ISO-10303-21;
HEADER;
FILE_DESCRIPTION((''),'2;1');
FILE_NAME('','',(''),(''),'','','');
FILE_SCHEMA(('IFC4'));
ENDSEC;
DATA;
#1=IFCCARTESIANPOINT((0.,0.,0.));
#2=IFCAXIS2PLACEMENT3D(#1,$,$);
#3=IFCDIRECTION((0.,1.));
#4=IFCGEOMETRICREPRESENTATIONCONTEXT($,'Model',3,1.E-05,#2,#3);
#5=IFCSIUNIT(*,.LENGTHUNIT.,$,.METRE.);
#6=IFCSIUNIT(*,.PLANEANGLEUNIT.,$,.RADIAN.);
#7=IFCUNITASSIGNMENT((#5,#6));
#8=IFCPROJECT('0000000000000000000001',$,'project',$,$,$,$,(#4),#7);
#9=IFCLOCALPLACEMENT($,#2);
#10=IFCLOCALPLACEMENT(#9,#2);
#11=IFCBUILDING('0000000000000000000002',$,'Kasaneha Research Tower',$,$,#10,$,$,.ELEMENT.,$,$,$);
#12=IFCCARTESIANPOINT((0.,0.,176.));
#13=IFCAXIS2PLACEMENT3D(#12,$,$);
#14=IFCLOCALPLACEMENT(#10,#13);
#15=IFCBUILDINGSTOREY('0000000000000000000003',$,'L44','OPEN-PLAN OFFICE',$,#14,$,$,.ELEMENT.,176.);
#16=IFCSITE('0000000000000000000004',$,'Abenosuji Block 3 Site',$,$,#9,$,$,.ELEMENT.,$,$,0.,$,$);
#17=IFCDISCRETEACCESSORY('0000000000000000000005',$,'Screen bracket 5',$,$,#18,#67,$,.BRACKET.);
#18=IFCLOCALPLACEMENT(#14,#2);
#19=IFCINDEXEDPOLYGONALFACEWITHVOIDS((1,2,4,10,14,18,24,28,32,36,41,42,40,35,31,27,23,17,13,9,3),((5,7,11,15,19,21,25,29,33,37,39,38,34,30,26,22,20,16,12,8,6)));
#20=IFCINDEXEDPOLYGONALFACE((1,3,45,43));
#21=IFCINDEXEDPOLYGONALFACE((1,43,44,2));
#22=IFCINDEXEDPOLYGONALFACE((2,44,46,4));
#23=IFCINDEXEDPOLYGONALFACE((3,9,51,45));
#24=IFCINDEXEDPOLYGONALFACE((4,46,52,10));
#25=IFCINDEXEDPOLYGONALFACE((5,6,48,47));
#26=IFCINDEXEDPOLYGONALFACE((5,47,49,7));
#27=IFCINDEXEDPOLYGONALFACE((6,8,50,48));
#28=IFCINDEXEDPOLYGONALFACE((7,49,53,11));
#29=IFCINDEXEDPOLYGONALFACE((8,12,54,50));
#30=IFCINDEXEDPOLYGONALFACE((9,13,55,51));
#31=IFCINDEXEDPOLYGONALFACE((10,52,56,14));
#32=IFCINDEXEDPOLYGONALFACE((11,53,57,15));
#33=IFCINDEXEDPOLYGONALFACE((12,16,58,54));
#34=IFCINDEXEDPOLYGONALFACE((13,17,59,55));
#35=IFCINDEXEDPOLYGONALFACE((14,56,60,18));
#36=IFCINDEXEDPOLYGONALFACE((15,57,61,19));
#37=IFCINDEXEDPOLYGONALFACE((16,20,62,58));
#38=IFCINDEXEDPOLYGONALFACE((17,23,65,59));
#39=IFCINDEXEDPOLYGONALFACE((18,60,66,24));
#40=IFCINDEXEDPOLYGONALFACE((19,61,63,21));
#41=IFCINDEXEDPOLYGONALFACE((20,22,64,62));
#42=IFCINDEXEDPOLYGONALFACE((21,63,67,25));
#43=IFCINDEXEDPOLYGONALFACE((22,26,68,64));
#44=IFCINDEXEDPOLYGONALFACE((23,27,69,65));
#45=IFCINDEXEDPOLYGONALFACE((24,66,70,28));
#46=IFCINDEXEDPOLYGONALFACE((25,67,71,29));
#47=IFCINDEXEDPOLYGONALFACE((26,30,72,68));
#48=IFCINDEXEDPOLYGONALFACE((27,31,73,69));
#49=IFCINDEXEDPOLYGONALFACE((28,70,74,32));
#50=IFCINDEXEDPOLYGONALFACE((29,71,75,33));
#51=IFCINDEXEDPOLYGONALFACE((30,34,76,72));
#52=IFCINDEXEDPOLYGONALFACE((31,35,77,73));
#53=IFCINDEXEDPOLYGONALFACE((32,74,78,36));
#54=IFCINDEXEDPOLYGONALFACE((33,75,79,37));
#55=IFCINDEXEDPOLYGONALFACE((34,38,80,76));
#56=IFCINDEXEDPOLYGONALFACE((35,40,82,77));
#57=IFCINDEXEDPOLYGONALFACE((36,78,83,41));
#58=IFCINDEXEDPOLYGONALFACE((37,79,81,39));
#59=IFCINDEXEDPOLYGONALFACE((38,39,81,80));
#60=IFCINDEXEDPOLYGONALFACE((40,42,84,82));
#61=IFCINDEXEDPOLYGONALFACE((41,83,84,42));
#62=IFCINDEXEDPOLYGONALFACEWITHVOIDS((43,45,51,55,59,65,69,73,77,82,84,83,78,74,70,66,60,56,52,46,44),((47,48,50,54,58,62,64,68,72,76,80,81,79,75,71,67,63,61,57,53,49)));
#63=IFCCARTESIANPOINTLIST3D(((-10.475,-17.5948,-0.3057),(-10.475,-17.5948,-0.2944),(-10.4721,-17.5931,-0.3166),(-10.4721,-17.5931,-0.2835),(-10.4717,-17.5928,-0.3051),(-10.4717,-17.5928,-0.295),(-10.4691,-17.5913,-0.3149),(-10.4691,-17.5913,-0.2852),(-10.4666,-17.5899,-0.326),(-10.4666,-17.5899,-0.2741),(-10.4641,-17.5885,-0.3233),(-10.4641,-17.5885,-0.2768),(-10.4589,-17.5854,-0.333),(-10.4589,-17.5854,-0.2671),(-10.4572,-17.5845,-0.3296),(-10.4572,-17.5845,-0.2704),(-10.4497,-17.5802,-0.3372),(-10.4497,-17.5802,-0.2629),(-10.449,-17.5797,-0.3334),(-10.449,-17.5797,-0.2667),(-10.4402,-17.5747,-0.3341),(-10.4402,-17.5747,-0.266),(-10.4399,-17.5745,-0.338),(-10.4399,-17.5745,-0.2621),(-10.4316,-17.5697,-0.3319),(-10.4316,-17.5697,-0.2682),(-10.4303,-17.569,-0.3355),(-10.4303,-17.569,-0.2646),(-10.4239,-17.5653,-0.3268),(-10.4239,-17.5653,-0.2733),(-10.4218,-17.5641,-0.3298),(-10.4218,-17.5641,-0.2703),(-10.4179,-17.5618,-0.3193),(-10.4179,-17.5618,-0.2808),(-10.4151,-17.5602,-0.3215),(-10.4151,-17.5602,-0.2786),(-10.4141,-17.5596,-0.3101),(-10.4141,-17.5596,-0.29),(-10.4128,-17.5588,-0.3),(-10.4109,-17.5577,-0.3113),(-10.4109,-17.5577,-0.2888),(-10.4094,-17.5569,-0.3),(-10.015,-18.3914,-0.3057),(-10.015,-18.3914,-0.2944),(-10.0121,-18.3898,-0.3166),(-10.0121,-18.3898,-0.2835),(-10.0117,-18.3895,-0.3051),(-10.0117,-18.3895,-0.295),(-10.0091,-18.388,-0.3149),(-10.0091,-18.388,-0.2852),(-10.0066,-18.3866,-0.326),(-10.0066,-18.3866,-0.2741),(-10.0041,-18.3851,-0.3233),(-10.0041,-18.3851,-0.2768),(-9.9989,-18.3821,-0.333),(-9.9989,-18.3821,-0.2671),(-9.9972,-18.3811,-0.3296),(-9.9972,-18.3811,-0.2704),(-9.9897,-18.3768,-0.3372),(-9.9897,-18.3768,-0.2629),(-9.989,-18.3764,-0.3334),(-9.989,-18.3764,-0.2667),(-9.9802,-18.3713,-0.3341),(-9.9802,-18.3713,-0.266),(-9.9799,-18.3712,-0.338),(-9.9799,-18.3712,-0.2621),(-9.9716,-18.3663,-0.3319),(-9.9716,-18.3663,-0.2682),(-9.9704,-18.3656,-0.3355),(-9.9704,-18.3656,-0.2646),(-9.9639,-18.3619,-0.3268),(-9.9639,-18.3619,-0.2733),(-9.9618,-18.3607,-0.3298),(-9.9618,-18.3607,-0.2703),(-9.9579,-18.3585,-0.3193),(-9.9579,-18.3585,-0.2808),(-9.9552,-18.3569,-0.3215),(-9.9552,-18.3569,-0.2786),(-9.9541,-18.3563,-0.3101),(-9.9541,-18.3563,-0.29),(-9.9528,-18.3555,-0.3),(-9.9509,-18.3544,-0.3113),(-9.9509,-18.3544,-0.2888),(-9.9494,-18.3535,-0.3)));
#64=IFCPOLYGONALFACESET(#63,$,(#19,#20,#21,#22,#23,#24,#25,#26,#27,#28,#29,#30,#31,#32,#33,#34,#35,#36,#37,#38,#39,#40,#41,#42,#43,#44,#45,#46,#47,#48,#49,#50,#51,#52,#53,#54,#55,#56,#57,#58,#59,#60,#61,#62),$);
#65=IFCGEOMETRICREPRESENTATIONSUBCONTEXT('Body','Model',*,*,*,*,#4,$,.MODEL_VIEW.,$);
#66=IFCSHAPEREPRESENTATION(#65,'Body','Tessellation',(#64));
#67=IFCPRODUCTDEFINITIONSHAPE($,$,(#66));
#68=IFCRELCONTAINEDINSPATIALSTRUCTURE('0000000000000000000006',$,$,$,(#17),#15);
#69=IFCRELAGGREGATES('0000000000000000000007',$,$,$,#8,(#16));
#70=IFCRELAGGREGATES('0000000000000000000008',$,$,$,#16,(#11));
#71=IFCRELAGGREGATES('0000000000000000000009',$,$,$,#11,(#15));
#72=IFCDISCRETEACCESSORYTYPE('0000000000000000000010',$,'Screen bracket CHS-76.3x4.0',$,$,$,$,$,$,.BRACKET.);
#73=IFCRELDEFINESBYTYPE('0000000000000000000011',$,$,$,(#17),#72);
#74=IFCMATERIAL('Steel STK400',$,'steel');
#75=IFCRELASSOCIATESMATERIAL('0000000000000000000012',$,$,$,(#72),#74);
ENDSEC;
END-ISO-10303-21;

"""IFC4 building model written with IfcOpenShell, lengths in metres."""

from ifc_helpers import new_model, si_unit, direction, frame, origin, origin_2d, place, context, subcontext, project, spatial, hollow_circle, extrude, material, material_profile, profile_set, type_object, element, save


model = new_model("IFC4")

# Units and contexts
model_context = context("Model", 3, precision=1e-05, world=origin(), true_north=direction((0.0, 1.0)))
body_context = subcontext(model_context, "Body", "Model", "MODEL_VIEW")
ifc_project = project(units=[si_unit("LENGTHUNIT", "METRE"), si_unit("PLANEANGLEUNIT", "RADIAN")], contexts=[model_context])

# Site, building, storey
site_placement = place(None, origin())
site = spatial("IfcSite", under=ifc_project, at=site_placement, Name="Abenosuji Block 3 Site", CompositionType="ELEMENT", RefElevation=0.0)
building_placement = place(site_placement, origin())
building = spatial("IfcBuilding", under=site, at=building_placement, Name="Kasaneha Research Tower", CompositionType="ELEMENT")
storey_placement = place(building_placement, frame((0.0, 0.0, 176.0)))
storey = spatial("IfcBuildingStorey", under=building, at=storey_placement, Name="L44", Description="OPEN-PLAN OFFICE", CompositionType="ELEMENT", Elevation=176.0)

# Discrete accessory
ifc_material_1 = material(Name="Steel STK400", Category="steel")
ifc_material_profile_1 = material_profile(ifc_material_1, hollow_circle(Radius=0.0381, WallThickness=0.0039, at=origin_2d()), Name="CHS-76.3x4.0")
ifc_profile_set_1 = profile_set([ifc_material_profile_1], Name="Steel STK400")
discrete_accessory_type = type_object("IfcDiscreteAccessoryType", Name="Screen bracket CHS-76.3x4.0", PredefinedType="BRACKET", material=ifc_profile_set_1)
discrete_accessory_1_placement = place(storey_placement, frame((-10.4424, -17.5759, -0.3), z_axis=(0.500021, -0.866013, 0.0), x_axis=(0.866013, 0.500021, 0.0)))
element("IfcDiscreteAccessory", 1, at=discrete_accessory_1_placement, inside=storey, type_object=discrete_accessory_type, Name="Screen bracket 5", PredefinedType="BRACKET", context=body_context, shape_type="SweptSolid", body=[
    extrude(hollow_circle(Radius=0.0381, WallThickness=0.0039, at=origin_2d()), origin(), (0.0, 0.0, 1.0), 0.9199),
])

save(model, "model.ifc")
